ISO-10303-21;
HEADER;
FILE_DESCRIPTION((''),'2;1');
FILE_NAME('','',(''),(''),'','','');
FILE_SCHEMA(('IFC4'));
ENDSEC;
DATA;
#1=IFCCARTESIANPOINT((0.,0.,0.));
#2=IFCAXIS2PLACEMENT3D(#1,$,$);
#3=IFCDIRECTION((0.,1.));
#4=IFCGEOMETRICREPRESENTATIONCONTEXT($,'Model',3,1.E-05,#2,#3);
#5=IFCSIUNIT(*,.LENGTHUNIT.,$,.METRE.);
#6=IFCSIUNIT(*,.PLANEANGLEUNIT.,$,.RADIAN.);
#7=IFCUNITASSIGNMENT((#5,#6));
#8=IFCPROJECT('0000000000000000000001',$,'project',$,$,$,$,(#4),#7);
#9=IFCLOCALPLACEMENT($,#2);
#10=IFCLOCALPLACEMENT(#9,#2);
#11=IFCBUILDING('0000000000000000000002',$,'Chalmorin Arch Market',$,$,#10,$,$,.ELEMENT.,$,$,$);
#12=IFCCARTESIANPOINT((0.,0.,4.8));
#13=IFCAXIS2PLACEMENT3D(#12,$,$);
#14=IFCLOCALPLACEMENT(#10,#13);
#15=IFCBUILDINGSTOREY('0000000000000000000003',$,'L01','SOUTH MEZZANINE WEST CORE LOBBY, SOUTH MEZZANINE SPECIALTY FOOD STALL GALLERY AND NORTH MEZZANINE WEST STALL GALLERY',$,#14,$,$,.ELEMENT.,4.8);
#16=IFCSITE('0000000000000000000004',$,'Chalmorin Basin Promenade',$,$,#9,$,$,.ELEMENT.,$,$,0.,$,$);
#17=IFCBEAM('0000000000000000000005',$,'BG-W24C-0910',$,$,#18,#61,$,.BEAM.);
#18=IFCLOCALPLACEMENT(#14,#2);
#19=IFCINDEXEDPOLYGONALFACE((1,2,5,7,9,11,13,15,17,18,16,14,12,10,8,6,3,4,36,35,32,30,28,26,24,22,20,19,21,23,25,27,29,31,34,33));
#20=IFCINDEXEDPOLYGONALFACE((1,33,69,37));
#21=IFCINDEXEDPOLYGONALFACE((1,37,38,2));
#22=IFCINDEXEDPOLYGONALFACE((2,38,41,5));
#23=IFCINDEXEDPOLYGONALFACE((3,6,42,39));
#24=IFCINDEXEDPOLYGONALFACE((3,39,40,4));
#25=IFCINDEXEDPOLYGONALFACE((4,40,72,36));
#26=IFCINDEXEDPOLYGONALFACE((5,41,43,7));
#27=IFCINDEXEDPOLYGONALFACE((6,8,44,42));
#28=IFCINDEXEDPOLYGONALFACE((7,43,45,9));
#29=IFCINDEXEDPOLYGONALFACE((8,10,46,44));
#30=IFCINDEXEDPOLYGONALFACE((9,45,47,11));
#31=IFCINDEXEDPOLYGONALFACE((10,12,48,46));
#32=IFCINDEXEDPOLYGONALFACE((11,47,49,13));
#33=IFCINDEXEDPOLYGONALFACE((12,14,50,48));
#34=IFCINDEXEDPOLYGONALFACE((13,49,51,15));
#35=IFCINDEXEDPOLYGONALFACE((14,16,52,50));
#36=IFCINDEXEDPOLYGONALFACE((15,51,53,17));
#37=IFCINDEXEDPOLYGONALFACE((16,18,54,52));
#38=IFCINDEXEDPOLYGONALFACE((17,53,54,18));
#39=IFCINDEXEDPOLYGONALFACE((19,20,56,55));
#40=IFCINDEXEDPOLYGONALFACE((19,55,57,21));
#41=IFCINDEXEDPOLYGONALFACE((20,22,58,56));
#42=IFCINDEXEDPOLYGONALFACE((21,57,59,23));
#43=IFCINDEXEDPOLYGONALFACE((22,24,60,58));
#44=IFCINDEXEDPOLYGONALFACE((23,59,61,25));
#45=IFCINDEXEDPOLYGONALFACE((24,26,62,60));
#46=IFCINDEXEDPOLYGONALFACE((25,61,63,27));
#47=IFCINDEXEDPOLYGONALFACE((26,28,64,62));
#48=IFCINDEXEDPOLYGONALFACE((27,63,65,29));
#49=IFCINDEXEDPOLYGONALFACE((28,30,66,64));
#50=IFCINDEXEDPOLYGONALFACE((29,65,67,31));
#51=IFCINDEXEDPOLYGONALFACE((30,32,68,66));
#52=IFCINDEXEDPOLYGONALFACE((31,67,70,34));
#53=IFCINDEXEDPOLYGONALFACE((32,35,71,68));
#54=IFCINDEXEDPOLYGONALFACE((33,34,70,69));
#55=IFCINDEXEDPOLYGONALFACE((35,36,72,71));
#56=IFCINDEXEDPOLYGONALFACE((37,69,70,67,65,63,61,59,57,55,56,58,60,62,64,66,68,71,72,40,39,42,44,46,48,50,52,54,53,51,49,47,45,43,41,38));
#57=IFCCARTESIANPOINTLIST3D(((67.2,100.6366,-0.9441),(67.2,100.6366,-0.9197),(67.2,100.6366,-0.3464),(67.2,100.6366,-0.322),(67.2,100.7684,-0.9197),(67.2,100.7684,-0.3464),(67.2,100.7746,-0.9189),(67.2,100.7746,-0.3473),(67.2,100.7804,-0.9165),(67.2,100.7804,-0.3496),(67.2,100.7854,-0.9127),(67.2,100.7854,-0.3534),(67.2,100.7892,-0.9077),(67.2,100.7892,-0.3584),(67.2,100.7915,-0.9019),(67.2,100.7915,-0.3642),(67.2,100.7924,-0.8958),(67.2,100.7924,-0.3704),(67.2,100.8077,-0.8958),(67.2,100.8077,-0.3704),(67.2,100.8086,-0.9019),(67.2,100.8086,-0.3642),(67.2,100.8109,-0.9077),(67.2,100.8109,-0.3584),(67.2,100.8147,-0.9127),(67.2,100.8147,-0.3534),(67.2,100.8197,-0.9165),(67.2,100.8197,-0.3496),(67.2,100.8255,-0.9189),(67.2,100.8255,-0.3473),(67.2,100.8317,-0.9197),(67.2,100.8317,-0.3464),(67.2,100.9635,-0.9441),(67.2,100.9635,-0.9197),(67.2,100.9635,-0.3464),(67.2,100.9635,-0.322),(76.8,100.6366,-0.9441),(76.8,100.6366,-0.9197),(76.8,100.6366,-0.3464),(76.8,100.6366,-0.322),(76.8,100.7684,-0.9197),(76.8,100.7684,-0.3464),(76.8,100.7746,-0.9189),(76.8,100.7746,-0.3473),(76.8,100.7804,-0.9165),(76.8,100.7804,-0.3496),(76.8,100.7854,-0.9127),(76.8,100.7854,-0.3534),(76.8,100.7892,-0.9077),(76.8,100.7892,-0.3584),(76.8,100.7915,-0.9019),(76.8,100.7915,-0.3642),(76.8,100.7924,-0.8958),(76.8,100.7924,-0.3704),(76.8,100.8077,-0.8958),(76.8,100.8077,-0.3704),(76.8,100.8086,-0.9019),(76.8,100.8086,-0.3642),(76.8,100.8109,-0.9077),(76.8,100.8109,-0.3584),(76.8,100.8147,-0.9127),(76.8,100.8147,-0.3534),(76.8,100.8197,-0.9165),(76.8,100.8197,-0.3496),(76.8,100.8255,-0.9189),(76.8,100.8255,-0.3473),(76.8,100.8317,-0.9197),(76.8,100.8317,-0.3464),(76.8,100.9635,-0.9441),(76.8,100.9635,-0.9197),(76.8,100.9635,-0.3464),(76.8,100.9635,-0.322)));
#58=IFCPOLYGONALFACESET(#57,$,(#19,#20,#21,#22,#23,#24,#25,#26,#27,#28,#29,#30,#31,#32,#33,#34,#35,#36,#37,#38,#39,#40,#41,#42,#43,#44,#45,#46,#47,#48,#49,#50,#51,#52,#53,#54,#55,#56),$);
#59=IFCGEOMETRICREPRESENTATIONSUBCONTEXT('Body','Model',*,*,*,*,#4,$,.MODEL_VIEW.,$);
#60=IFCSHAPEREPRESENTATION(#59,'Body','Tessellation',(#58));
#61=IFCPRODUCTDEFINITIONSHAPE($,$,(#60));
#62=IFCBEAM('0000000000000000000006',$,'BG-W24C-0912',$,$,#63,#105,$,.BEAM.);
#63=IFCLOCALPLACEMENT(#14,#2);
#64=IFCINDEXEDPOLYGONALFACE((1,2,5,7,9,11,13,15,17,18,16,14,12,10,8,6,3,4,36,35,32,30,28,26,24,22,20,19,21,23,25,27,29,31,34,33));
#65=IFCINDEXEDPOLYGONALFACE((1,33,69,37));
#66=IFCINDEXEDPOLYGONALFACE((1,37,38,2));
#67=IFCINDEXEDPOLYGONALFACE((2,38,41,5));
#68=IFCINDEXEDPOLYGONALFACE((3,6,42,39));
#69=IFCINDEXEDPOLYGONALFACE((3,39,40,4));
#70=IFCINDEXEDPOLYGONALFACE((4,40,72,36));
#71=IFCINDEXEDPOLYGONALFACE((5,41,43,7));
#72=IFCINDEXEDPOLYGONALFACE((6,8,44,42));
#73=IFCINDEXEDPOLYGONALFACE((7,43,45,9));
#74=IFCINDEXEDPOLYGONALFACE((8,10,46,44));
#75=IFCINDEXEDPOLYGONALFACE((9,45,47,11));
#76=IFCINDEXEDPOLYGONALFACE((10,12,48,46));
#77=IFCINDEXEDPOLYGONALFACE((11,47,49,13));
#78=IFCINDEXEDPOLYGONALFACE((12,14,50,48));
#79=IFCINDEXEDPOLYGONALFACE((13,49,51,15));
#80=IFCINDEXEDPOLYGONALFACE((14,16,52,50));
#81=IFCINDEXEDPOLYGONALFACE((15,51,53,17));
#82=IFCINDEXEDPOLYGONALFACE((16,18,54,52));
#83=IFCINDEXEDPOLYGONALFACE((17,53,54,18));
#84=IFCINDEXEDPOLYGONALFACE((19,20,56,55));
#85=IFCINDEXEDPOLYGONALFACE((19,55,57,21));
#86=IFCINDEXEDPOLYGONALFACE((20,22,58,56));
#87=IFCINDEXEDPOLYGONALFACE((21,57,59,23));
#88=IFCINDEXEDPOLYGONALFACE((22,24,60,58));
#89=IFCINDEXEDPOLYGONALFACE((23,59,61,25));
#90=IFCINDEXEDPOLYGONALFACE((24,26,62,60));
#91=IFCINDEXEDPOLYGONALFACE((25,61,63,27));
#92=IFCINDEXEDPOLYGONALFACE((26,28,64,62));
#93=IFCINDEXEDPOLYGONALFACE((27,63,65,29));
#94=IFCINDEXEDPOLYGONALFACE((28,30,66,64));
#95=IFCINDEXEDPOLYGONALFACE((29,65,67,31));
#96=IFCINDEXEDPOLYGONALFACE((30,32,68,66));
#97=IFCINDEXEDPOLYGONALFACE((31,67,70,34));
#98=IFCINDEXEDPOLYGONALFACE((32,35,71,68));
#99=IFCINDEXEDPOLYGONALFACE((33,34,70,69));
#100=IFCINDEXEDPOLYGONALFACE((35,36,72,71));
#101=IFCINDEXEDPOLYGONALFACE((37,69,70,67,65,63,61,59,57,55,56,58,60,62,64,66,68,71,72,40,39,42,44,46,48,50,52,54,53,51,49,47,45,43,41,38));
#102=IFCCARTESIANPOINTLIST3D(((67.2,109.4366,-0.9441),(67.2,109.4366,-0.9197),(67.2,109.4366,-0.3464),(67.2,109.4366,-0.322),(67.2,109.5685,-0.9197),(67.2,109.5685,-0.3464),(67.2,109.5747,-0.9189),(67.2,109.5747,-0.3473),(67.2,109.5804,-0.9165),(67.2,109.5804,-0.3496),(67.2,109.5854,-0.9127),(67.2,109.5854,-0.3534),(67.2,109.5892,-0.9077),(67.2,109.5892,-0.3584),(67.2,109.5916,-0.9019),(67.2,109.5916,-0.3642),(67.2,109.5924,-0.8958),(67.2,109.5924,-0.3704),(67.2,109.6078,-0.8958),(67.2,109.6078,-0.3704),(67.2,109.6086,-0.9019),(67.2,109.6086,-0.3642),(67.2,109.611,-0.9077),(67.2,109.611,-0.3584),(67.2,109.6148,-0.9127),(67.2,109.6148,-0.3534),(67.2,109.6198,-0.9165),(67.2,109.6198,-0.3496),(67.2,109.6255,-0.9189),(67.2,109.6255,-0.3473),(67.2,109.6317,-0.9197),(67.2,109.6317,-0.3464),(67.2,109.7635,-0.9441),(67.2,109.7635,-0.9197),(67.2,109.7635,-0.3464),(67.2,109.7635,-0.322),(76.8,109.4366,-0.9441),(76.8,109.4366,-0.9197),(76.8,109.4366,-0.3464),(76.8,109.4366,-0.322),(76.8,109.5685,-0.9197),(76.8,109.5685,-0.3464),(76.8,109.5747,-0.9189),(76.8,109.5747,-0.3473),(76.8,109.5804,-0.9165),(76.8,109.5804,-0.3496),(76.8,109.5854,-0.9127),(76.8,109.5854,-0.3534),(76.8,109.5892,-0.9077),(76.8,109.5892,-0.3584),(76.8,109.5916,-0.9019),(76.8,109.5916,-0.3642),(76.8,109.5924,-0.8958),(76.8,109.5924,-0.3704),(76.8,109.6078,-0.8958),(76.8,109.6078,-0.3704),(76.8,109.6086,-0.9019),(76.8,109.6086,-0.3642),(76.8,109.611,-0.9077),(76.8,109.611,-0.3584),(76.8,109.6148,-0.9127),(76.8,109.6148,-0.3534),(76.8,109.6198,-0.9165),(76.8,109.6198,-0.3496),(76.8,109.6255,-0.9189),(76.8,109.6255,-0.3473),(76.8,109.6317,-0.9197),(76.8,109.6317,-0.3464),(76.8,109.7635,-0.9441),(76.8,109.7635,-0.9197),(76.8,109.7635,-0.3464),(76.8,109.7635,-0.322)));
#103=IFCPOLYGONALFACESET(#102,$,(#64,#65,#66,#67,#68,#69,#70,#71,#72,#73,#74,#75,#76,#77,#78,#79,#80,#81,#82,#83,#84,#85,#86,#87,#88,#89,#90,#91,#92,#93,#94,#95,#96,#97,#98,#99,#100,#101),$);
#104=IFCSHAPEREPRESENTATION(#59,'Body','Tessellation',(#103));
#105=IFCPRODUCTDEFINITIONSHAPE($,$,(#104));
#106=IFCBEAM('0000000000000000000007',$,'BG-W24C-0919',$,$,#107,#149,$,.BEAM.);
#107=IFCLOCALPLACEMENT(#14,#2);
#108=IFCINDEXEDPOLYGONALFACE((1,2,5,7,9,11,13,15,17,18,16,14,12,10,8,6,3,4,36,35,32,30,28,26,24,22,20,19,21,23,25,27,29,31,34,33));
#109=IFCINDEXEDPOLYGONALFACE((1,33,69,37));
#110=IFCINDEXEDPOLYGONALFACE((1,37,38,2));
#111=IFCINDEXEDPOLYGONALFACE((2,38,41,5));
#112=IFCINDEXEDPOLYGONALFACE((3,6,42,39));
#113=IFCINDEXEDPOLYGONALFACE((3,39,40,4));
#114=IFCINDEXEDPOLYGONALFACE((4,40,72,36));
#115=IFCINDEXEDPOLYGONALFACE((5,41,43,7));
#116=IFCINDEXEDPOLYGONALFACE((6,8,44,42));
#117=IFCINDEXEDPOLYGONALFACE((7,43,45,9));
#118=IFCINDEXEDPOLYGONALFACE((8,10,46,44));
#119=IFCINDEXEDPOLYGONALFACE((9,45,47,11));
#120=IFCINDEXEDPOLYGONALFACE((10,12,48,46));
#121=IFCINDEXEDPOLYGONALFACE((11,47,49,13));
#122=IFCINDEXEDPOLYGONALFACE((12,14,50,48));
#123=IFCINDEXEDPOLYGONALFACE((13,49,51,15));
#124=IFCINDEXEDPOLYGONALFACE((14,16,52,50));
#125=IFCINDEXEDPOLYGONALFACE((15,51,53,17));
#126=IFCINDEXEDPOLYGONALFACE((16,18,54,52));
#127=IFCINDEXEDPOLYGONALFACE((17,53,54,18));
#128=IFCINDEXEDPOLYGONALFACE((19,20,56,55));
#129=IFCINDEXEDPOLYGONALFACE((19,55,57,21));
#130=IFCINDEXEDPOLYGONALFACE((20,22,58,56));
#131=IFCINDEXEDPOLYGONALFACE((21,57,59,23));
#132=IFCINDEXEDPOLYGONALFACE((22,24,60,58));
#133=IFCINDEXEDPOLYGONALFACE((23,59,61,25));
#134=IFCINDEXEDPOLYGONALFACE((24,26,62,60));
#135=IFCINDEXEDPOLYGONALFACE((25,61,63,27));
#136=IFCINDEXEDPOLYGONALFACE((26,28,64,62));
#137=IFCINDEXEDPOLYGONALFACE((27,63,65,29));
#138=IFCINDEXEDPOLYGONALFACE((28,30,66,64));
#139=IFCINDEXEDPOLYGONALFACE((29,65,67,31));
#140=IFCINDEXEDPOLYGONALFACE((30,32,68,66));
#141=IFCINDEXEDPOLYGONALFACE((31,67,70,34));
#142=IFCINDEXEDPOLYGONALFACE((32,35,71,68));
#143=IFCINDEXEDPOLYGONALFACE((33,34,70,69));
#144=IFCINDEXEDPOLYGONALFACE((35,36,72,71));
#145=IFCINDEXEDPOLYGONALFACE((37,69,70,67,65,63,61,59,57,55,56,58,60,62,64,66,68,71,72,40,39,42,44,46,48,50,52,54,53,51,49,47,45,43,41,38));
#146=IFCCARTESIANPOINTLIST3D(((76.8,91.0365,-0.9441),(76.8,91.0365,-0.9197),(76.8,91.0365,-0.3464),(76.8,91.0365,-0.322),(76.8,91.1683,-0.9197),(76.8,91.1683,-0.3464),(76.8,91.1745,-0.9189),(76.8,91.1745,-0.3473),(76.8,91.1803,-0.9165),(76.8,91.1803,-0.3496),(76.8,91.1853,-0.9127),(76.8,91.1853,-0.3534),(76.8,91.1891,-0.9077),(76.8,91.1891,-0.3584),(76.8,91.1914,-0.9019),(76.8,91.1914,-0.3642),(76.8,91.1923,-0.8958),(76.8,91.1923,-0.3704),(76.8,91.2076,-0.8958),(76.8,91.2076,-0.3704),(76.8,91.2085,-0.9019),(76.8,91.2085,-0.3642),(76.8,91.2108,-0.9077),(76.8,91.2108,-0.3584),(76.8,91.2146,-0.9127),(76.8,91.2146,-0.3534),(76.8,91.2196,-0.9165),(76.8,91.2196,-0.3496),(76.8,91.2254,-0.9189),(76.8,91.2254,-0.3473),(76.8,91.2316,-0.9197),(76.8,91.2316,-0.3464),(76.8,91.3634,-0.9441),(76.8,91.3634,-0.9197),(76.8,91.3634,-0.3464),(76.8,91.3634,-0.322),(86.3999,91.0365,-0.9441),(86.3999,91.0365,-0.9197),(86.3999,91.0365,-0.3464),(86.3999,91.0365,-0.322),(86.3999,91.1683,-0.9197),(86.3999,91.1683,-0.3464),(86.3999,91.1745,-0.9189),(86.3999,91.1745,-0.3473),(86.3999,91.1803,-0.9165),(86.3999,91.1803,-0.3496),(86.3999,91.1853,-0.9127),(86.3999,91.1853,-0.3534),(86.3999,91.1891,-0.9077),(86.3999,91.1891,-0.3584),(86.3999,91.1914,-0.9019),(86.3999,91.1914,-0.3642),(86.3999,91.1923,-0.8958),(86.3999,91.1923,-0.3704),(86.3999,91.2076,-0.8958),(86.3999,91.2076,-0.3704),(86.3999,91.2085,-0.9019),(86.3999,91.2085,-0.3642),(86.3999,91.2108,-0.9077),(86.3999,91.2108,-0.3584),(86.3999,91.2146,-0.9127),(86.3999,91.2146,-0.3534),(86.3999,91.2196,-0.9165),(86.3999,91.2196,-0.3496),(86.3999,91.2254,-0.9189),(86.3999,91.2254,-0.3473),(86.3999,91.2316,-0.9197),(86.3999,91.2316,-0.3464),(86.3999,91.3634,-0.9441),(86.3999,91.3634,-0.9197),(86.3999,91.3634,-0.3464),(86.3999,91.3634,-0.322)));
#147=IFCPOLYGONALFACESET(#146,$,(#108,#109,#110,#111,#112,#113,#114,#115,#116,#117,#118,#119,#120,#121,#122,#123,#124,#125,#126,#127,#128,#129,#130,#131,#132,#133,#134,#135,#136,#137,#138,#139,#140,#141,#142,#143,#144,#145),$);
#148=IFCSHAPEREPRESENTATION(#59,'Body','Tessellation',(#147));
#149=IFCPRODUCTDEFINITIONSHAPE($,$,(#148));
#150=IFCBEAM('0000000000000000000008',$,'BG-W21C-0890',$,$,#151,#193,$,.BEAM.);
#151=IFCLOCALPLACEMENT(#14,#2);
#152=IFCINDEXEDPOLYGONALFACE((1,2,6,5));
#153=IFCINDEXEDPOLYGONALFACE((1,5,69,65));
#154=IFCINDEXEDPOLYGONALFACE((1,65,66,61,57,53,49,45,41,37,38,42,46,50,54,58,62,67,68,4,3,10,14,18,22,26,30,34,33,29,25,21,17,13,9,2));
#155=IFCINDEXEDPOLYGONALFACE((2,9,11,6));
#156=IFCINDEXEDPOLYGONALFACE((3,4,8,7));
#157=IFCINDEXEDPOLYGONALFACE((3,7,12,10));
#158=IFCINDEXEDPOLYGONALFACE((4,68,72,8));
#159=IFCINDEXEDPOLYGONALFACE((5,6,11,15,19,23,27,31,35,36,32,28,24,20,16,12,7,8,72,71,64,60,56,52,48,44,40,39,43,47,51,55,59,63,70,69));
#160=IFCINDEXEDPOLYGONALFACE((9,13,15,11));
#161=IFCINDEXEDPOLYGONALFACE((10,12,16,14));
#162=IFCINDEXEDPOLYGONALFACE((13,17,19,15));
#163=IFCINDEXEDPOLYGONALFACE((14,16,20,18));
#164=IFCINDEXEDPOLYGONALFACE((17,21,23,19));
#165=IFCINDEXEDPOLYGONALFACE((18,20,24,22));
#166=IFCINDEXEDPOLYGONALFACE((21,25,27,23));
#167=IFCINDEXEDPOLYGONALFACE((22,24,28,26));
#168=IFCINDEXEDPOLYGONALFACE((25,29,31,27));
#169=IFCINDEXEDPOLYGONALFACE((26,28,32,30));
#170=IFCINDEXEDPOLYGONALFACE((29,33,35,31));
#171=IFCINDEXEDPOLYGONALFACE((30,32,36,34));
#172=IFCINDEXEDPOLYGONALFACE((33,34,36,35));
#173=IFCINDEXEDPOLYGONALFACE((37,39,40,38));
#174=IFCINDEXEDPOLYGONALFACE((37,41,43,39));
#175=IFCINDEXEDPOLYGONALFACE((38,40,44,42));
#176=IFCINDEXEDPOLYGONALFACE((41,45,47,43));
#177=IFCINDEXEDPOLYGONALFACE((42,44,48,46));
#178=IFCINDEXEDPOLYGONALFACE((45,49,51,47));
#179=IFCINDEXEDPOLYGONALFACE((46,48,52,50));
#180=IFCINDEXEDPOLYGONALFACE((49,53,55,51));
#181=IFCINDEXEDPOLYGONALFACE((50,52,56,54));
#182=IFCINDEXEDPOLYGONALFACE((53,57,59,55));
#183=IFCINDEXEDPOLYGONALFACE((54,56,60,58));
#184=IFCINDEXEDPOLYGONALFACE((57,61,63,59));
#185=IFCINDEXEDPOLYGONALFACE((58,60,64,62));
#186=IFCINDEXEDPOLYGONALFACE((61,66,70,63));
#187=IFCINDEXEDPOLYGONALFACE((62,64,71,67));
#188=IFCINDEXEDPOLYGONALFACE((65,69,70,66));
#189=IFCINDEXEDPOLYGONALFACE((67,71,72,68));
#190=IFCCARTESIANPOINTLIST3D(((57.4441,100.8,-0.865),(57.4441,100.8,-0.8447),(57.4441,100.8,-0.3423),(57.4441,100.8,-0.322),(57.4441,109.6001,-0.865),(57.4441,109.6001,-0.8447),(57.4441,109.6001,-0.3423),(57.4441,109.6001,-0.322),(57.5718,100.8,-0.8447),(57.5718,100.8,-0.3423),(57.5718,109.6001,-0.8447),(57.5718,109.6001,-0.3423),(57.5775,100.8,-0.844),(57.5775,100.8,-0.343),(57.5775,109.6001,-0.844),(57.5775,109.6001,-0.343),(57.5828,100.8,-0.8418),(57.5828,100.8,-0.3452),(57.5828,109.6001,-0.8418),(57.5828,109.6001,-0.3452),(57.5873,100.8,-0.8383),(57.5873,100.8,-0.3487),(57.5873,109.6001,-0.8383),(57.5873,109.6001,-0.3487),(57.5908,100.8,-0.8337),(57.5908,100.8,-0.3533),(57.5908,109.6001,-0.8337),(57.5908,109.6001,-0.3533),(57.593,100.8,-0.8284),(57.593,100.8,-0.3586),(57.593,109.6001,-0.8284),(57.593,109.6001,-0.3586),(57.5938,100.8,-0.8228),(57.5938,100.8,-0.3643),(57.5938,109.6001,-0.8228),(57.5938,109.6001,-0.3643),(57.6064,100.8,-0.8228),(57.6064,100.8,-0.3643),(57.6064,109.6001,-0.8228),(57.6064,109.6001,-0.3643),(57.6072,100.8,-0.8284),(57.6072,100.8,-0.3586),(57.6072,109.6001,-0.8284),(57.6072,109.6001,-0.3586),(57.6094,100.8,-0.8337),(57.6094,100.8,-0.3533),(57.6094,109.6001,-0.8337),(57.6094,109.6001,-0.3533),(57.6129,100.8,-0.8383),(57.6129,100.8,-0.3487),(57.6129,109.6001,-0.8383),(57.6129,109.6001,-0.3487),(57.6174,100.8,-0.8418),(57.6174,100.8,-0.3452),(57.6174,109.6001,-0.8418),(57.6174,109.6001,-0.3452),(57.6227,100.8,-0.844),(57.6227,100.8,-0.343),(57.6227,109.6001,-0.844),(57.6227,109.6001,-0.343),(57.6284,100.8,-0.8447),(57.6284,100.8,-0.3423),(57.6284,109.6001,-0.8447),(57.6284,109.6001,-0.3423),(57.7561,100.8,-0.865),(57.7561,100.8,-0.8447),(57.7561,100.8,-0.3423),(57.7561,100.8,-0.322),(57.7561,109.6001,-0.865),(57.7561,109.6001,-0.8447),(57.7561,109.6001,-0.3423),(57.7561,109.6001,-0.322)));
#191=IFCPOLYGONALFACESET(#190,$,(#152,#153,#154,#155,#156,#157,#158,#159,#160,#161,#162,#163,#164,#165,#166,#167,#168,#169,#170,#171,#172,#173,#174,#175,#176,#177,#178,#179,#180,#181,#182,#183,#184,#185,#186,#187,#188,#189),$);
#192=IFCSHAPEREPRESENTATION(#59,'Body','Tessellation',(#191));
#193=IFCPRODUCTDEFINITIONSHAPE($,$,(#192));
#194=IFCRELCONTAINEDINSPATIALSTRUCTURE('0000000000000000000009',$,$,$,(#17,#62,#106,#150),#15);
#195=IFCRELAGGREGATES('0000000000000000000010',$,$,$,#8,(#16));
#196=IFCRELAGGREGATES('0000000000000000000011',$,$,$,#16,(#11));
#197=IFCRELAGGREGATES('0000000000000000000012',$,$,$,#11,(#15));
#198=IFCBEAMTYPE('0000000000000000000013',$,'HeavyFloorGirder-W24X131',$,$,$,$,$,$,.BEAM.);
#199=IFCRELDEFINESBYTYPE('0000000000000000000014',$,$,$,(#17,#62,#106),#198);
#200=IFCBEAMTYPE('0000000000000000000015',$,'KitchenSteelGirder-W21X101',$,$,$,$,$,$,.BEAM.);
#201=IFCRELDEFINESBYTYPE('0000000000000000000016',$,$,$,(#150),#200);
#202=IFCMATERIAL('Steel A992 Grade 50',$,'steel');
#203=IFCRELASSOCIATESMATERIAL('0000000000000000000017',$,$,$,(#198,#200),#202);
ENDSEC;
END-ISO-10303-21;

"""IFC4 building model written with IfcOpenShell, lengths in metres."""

from ifc_helpers import new_model, si_unit, direction, frame, origin, origin_2d, place, context, subcontext, project, spatial, i_section, extrude, material, material_profile, profile_set, type_object, element, save


model = new_model("IFC4")

# Units and contexts
model_context = context("Model", 3, precision=1e-05, world=origin(), true_north=direction((0.0, 1.0)))
body_context = subcontext(model_context, "Body", "Model", "MODEL_VIEW")
ifc_project = project(units=[si_unit("LENGTHUNIT", "METRE"), si_unit("PLANEANGLEUNIT", "RADIAN")], contexts=[model_context])

# Site, building, storey
site_placement = place(None, origin())
site = spatial("IfcSite", under=ifc_project, at=site_placement, Name="Chalmorin Basin Promenade", CompositionType="ELEMENT", RefElevation=0.0)
building_placement = place(site_placement, origin())
building = spatial("IfcBuilding", under=site, at=building_placement, Name="Chalmorin Arch Market", CompositionType="ELEMENT")
storey_placement = place(building_placement, frame((0.0, 0.0, 4.8)))
storey = spatial("IfcBuildingStorey", under=building, at=storey_placement, Name="L01", Description="SOUTH MEZZANINE WEST CORE LOBBY, SOUTH MEZZANINE SPECIALTY FOOD STALL GALLERY AND NORTH MEZZANINE WEST STALL GALLERY", CompositionType="ELEMENT", Elevation=4.8)

# Beams
ifc_material_1 = material(Name="Steel A992 Grade 50", Category="steel")
ifc_material_profile_1 = material_profile(ifc_material_1, i_section(OverallWidth=0.3269, OverallDepth=0.6221, WebThickness=0.0154, FlangeThickness=0.0244, FilletRadius=0.0239, at=origin_2d()), Name="W24X131")
ifc_profile_set_1 = profile_set([ifc_material_profile_1], Name="Steel A992 Grade 50")
beam_type_1 = type_object("IfcBeamType", Name="HeavyFloorGirder-W24X131", PredefinedType="BEAM", material=ifc_profile_set_1)
for number, where, z_axis, x_axis, name in (
    (1, (67.2, 100.8, -0.6331), (1.0, 0.0, 0.0), (0.0, 1.0, 0.0), "BG-W24C-0910"),
    (2, (67.2, 109.6001, -0.6331), (1.0, 0.0, 0.0), (0.0, 1.0, 0.0), "BG-W24C-0912"),
):
    element("IfcBeam", number, at=place(storey_placement, frame(where, z_axis=z_axis, x_axis=x_axis)), inside=storey, type_object=beam_type_1, Name=name, PredefinedType="BEAM", context=body_context, shape_type="SweptSolid", body=[
        extrude(i_section(OverallWidth=0.3269, OverallDepth=0.6221, WebThickness=0.0154, FlangeThickness=0.0244, FilletRadius=0.0239, at=origin_2d()), origin(), (0.0, 0.0, 1.0), 9.6001),
    ])
beam_1_placement = place(storey_placement, frame((76.8, 91.2, -0.6331), z_axis=(1.0, 0.0, 0.0), x_axis=(0.0, 1.0, 0.0)))
element("IfcBeam", 3, at=beam_1_placement, inside=storey, type_object=beam_type_1, Name="BG-W24C-0919", PredefinedType="BEAM", context=body_context, shape_type="SweptSolid", body=[
    extrude(i_section(OverallWidth=0.3269, OverallDepth=0.6221, WebThickness=0.0154, FlangeThickness=0.0244, FilletRadius=0.0239, at=origin_2d()), origin(), (0.0, 0.0, 1.0), 9.5999),
])
ifc_material_profile_2 = material_profile(ifc_material_1, i_section(OverallWidth=0.312, OverallDepth=0.543, WebThickness=0.0127, FlangeThickness=0.0203, FilletRadius=0.022, at=origin_2d()), Name="W21X101")
ifc_profile_set_2 = profile_set([ifc_material_profile_2], Name="Steel A992 Grade 50")
beam_type_2 = type_object("IfcBeamType", Name="KitchenSteelGirder-W21X101", PredefinedType="BEAM", material=ifc_profile_set_2)
beam_2_placement = place(storey_placement, frame((57.6001, 100.8, -0.5935), z_axis=(0.0, 1.0, 0.0), x_axis=(-1.0, 0.0, 0.0)))
element("IfcBeam", 4, at=beam_2_placement, inside=storey, type_object=beam_type_2, Name="BG-W21C-0890", PredefinedType="BEAM", context=body_context, shape_type="SweptSolid", body=[
    extrude(i_section(OverallWidth=0.312, OverallDepth=0.543, WebThickness=0.0127, FlangeThickness=0.0203, FilletRadius=0.022, at=origin_2d()), origin(), (0.0, 0.0, 1.0), 8.8),
])

save(model, "model.ifc")
